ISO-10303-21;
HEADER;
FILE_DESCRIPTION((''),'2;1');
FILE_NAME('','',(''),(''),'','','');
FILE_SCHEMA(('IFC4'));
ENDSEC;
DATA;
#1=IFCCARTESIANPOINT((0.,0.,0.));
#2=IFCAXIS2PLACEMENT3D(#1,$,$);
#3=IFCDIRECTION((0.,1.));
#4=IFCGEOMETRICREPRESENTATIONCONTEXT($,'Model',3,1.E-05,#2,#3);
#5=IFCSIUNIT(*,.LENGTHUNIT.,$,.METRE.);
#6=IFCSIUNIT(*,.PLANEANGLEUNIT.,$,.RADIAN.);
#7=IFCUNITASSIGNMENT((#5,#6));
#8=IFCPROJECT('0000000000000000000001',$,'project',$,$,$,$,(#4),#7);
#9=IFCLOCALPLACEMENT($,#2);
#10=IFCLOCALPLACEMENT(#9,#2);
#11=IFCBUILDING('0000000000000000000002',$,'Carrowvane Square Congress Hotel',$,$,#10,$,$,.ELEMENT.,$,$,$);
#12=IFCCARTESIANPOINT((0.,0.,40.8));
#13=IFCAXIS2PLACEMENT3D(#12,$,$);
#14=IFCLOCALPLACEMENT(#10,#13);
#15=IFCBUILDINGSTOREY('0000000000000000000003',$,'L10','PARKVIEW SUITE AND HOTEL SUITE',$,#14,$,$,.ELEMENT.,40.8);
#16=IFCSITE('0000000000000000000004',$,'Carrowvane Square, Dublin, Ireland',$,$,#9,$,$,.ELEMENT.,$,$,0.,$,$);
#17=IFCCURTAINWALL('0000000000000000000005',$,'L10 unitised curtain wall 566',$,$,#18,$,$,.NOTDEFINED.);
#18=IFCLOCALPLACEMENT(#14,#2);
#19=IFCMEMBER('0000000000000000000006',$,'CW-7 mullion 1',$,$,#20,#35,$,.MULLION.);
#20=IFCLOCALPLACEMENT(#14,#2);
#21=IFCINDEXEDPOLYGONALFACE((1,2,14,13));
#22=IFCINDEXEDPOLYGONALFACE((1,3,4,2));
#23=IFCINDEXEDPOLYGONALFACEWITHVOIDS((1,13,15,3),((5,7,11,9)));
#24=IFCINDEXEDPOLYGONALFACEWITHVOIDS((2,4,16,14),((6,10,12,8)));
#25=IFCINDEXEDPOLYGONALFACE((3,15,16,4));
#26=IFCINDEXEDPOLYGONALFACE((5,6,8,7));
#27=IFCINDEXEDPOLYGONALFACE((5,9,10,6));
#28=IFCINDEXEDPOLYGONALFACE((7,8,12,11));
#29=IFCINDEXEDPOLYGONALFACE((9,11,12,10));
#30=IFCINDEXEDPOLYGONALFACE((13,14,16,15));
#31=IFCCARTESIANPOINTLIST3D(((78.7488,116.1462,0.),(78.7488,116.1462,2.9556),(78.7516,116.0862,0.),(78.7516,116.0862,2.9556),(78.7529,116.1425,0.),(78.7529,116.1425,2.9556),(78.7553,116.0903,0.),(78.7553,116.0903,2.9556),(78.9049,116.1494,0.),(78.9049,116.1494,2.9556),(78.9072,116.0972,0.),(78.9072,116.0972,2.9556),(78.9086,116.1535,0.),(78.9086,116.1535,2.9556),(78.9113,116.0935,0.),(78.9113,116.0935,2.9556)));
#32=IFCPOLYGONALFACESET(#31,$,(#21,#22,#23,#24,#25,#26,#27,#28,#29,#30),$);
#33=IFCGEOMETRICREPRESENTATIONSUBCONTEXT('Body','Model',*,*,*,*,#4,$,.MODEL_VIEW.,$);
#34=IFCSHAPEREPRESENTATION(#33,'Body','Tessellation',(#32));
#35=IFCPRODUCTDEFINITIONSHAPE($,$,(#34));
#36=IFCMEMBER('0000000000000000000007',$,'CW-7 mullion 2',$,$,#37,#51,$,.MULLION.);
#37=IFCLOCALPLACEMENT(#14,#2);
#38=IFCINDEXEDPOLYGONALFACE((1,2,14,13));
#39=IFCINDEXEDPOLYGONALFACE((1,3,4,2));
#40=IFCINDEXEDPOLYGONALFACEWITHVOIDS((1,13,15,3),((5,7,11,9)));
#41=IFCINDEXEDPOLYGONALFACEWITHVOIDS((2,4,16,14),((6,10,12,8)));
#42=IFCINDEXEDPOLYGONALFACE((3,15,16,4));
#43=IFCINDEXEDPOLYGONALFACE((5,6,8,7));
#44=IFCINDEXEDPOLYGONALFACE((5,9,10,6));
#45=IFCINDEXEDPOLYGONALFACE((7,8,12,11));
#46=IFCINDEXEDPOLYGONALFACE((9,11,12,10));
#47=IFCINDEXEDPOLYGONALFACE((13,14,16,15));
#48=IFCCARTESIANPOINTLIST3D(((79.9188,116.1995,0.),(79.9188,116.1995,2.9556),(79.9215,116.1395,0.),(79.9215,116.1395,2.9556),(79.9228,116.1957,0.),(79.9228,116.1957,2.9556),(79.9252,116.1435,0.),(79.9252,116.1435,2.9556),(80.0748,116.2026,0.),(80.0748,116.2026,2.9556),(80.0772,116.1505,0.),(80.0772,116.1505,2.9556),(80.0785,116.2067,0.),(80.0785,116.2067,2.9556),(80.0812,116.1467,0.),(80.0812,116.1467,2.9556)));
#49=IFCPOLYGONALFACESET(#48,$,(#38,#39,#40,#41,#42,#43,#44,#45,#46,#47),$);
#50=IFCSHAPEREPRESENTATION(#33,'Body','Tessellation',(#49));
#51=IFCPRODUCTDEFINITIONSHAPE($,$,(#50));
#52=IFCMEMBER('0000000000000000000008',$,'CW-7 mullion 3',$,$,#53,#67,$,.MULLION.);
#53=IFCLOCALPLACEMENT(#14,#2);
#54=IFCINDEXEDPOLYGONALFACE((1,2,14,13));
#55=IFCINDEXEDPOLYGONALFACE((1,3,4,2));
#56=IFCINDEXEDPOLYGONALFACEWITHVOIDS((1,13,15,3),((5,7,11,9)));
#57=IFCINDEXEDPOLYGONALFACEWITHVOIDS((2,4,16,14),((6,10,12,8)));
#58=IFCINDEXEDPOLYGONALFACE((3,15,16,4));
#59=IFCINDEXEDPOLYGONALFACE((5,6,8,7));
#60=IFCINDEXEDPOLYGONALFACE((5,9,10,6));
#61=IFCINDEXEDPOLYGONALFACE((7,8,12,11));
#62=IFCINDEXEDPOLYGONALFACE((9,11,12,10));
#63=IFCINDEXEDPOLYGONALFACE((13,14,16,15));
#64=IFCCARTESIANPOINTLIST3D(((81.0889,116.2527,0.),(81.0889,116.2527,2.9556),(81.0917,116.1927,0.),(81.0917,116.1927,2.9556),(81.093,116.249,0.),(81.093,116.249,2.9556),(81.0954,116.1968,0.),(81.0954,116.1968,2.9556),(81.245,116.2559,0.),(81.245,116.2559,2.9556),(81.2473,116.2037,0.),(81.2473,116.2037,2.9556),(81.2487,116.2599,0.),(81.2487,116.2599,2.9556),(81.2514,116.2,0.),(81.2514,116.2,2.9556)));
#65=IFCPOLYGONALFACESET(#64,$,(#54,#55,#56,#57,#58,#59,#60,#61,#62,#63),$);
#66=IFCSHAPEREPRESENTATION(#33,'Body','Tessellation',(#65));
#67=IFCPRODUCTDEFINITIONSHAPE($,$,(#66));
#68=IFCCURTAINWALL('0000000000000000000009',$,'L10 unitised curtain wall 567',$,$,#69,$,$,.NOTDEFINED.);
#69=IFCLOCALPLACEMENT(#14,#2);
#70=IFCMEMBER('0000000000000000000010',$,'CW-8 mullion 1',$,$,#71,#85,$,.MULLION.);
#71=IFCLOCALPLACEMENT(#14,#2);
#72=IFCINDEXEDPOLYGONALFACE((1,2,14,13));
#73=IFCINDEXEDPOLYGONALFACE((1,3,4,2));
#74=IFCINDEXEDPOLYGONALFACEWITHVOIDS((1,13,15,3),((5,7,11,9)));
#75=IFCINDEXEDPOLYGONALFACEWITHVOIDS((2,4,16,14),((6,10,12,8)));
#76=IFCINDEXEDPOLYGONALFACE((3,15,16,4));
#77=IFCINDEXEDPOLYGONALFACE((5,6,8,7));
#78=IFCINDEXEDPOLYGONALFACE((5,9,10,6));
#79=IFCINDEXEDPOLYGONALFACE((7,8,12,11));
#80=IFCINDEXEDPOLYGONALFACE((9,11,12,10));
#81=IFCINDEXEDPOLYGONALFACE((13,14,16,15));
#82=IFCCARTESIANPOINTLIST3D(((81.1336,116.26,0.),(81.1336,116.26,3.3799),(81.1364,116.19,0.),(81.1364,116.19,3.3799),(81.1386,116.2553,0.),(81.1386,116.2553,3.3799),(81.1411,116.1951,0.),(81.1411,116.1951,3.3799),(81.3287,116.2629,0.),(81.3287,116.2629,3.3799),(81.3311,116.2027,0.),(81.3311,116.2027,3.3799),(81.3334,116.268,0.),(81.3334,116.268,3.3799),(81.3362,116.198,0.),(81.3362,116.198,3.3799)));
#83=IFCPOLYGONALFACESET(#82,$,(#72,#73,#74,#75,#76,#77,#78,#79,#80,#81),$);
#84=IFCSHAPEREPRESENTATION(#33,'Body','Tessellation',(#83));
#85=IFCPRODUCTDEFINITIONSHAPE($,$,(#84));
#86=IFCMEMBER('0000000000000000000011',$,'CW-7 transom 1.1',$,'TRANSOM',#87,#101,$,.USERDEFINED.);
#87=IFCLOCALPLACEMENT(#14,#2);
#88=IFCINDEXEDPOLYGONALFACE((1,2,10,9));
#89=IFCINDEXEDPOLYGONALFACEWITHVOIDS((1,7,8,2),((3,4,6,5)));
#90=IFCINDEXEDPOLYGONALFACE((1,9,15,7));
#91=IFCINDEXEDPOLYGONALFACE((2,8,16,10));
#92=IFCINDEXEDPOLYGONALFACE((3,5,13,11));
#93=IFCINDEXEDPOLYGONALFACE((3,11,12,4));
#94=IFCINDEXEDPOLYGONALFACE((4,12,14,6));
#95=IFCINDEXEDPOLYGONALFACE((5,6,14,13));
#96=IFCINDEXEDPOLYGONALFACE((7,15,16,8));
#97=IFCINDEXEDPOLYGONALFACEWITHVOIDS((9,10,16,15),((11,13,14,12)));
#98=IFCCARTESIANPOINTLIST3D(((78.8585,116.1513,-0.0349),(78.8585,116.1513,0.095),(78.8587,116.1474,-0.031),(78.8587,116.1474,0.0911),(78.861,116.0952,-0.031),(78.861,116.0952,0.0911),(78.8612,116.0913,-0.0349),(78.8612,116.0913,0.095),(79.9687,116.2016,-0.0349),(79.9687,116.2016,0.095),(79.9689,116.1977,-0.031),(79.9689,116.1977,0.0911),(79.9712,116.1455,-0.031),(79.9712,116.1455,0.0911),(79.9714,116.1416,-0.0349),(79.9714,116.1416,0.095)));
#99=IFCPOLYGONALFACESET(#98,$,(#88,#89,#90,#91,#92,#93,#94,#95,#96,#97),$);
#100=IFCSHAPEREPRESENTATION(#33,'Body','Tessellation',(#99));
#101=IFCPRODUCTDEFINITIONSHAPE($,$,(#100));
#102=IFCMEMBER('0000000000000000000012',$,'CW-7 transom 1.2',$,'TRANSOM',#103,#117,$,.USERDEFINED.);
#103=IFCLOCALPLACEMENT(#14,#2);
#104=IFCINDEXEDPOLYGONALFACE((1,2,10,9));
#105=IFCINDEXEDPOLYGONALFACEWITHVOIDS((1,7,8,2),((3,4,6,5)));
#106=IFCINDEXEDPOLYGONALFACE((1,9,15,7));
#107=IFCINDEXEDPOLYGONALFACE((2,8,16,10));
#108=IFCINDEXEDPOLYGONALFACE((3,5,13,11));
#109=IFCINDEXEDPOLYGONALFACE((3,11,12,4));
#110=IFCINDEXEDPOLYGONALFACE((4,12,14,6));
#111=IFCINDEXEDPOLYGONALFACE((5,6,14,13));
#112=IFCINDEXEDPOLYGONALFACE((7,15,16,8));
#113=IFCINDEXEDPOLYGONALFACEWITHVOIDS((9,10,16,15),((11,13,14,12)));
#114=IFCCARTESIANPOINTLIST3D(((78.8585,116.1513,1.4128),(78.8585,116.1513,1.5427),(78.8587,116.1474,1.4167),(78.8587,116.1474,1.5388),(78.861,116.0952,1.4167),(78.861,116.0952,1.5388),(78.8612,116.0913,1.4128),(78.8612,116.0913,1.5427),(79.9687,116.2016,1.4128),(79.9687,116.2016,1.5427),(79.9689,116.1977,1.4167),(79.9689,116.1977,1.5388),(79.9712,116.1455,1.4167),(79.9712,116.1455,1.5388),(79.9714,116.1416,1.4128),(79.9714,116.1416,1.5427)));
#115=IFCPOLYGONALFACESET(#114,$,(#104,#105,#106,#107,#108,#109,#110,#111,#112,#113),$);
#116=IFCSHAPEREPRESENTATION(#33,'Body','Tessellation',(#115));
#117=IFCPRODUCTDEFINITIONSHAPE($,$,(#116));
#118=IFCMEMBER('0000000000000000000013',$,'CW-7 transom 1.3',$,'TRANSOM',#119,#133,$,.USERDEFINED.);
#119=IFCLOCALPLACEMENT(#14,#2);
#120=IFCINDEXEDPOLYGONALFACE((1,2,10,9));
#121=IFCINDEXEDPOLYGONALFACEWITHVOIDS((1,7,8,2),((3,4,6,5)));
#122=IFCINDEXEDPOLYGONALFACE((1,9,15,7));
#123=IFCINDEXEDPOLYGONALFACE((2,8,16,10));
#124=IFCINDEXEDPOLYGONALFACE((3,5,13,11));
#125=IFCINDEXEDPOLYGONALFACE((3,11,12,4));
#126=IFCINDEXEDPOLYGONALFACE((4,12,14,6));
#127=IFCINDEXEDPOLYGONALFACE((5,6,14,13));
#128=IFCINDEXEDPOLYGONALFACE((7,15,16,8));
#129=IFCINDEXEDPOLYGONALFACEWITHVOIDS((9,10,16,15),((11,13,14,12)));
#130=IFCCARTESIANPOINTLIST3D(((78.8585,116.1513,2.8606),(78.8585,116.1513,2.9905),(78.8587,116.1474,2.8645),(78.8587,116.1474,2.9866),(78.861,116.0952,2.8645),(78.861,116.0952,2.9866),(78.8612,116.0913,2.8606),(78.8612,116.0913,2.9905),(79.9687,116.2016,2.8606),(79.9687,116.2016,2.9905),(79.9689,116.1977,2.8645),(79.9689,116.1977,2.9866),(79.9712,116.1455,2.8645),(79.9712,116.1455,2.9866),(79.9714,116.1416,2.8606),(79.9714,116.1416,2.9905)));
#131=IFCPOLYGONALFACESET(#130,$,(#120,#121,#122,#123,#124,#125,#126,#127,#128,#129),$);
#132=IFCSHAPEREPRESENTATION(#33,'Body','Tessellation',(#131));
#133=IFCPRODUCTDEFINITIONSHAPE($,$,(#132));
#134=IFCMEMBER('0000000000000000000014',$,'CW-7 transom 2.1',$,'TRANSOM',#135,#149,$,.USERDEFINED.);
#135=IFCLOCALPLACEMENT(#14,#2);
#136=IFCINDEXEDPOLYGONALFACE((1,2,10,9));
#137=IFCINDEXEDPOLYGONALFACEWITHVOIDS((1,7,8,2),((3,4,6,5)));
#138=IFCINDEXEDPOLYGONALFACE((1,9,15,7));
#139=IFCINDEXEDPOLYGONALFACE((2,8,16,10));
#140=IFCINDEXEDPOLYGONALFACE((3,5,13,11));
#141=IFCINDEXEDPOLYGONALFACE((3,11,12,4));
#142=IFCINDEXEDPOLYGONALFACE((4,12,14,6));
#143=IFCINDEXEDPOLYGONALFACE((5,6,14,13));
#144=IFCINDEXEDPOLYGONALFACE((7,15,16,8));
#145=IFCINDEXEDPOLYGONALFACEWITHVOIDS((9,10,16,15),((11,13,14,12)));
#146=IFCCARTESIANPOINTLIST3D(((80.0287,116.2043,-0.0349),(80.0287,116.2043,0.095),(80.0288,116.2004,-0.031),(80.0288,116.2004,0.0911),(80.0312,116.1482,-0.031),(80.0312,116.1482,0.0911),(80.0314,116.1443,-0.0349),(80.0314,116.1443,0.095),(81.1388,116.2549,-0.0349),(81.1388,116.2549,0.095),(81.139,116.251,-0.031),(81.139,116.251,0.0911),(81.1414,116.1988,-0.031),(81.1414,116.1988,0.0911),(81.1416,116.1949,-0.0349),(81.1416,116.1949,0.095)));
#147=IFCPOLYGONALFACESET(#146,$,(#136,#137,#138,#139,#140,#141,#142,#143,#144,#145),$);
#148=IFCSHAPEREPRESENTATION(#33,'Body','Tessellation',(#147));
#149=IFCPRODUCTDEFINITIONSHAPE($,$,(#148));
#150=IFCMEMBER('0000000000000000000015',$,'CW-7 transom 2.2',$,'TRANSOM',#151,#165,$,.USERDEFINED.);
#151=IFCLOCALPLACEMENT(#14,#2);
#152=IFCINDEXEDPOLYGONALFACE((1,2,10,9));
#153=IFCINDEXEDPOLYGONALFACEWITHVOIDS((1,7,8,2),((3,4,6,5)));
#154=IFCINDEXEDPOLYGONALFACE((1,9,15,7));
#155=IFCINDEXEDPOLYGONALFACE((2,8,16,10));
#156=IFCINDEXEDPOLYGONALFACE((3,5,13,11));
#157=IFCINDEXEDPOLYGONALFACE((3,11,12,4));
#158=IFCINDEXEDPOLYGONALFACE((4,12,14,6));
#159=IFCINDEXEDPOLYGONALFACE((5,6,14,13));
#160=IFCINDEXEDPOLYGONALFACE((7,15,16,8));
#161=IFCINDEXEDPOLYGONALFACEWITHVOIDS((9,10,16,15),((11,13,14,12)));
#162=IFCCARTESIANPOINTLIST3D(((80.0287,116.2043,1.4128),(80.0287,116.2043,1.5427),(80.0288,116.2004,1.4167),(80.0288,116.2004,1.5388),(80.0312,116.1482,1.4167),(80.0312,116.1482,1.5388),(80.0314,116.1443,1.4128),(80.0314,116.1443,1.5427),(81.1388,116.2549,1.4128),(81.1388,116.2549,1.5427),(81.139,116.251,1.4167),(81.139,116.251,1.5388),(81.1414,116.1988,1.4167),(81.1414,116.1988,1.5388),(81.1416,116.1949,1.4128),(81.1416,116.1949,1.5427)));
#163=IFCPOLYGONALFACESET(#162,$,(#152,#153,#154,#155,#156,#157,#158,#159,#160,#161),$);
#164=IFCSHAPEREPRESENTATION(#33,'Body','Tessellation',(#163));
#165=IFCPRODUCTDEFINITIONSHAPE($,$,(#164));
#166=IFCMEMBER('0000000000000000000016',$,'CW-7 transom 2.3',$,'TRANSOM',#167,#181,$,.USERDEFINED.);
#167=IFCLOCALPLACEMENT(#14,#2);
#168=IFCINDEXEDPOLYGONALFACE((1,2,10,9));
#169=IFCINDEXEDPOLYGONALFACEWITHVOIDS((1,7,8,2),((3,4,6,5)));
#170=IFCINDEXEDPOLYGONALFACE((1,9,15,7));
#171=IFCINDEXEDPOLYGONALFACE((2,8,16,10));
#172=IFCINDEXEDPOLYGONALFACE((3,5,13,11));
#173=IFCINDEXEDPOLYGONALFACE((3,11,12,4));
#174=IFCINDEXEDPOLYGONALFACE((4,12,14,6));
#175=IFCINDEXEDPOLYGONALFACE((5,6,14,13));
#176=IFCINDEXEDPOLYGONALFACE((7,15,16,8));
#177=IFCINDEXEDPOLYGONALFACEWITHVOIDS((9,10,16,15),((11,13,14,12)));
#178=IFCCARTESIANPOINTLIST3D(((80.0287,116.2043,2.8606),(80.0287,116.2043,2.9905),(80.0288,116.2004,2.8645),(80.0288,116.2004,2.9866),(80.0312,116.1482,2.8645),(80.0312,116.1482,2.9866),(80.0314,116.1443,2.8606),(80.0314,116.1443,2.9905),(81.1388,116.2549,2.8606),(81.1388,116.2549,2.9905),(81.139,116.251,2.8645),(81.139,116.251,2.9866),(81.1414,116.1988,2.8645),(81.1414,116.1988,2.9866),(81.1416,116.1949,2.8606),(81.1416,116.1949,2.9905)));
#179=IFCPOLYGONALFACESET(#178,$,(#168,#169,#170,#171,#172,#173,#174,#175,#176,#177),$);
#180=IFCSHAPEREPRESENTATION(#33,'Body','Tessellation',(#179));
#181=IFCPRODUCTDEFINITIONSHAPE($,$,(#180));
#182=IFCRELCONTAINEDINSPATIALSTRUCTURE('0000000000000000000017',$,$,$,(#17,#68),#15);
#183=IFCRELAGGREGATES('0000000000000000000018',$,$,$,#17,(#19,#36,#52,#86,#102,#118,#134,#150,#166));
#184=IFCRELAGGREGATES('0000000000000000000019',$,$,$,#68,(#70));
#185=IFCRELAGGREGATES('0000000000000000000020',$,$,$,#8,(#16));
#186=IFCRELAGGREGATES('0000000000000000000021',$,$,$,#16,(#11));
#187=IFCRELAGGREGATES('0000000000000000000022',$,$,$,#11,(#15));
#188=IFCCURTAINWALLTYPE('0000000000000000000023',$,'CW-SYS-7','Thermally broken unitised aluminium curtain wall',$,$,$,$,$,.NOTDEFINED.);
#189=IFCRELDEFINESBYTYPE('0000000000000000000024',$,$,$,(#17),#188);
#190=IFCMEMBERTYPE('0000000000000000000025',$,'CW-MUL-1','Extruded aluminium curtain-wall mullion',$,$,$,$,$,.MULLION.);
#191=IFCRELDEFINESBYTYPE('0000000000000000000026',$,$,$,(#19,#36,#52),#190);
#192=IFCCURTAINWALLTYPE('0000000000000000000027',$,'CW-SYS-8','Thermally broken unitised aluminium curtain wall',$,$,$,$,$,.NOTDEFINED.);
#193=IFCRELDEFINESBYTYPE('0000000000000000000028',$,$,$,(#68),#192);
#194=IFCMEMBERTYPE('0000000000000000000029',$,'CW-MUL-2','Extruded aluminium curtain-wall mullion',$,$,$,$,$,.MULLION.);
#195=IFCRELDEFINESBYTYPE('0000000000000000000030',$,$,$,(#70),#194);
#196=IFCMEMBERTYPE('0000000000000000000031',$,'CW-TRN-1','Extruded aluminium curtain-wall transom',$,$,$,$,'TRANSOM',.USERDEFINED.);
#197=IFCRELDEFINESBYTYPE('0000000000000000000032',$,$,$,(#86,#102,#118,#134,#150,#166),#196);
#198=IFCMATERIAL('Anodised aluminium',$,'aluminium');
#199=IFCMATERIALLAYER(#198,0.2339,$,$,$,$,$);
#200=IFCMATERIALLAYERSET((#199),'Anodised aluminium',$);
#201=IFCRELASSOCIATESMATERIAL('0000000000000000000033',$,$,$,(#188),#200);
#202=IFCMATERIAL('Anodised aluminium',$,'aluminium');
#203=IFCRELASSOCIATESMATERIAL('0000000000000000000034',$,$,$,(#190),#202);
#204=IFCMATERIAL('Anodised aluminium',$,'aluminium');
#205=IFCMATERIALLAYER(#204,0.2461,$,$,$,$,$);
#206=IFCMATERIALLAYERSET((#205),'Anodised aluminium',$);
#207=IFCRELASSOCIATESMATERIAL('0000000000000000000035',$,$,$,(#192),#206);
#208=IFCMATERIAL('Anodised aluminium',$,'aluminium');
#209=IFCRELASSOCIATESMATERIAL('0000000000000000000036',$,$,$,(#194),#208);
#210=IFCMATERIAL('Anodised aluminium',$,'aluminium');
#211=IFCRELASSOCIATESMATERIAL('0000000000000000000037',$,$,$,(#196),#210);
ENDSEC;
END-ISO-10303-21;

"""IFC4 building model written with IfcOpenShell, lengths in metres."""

from ifc_helpers import new_model, si_unit, direction, frame, origin, origin_2d, place, context, subcontext, project, spatial, hollow_rectangle, extrude, material, layer, layer_set, material_profile, profile_set, type_object, element, aggregate, save


model = new_model("IFC4")

# Units and contexts
model_context = context("Model", 3, precision=1e-05, world=origin(), true_north=direction((0.0, 1.0)))
body_context = subcontext(model_context, "Body", "Model", "MODEL_VIEW")
ifc_project = project(units=[si_unit("LENGTHUNIT", "METRE"), si_unit("PLANEANGLEUNIT", "RADIAN")], contexts=[model_context])

# Site, building, storey
site_placement = place(None, origin())
site = spatial("IfcSite", under=ifc_project, at=site_placement, Name="Carrowvane Square, Dublin, Ireland", CompositionType="ELEMENT", RefElevation=0.0)
building_placement = place(site_placement, origin())
building = spatial("IfcBuilding", under=site, at=building_placement, Name="Carrowvane Square Congress Hotel", CompositionType="ELEMENT")
storey_placement = place(building_placement, frame((0.0, 0.0, 40.8)))
storey = spatial("IfcBuildingStorey", under=building, at=storey_placement, Name="L10", Description="PARKVIEW SUITE AND HOTEL SUITE", CompositionType="ELEMENT", Elevation=40.8)

# Curtain wall, members
ifc_material_1 = material(Name="Anodised aluminium", Category="aluminium")
ifc_layer_1 = layer(ifc_material_1, 0.2339)
ifc_layer_set_1 = layer_set([ifc_layer_1], Name="Anodised aluminium")
curtain_wall_type_1 = type_object("IfcCurtainWallType", Name="CW-SYS-7", Description="Thermally broken unitised aluminium curtain wall", PredefinedType="NOTDEFINED", material=ifc_layer_set_1)
curtain_wall_1_placement = place(storey_placement, origin())
curtain_wall_1 = element("IfcCurtainWall", 1, at=curtain_wall_1_placement, inside=storey, type_object=curtain_wall_type_1, Name="L10 unitised curtain wall 566", PredefinedType="NOTDEFINED")
ifc_material_2 = material(Name="Anodised aluminium", Category="aluminium")
ifc_material_profile_1 = material_profile(ifc_material_2, hollow_rectangle(XDim=0.0601, YDim=0.1599, WallThickness=0.0039, at=origin_2d()), Name="CW-ML 60x160x4")
ifc_profile_set_1 = profile_set([ifc_material_profile_1], Name="Anodised aluminium")
member_type_1 = type_object("IfcMemberType", Name="CW-MUL-1", Description="Extruded aluminium curtain-wall mullion", PredefinedType="MULLION", material=ifc_profile_set_1)
member_1_placement = place(storey_placement, frame((78.8301, 116.1199, 0.0), z_axis=(0.0, 0.0, 1.0), x_axis=(-0.045411, 0.998968, 0.0)))
member_1 = element("IfcMember", 2, at=member_1_placement, type_object=member_type_1, Name="CW-7 mullion 1", PredefinedType="MULLION", context=body_context, shape_type="SweptSolid", body=[
    extrude(hollow_rectangle(XDim=0.0601, YDim=0.1599, WallThickness=0.0039, at=origin_2d()), origin(), (0.0, 0.0, 1.0), 2.9556),
])
member_2_placement = place(storey_placement, frame((80.0, 116.1731, 0.0), z_axis=(0.0, 0.0, 1.0), x_axis=(-0.045411, 0.998968, 0.0)))
member_2 = element("IfcMember", 3, at=member_2_placement, type_object=member_type_1, Name="CW-7 mullion 2", PredefinedType="MULLION", context=body_context, shape_type="SweptSolid", body=[
    extrude(hollow_rectangle(XDim=0.0601, YDim=0.1599, WallThickness=0.0039, at=origin_2d()), origin(), (0.0, 0.0, 1.0), 2.9556),
])
member_3_placement = place(storey_placement, frame((81.1702, 116.2263, 0.0), z_axis=(0.0, 0.0, 1.0), x_axis=(-0.045411, 0.998968, 0.0)))
member_3 = element("IfcMember", 4, at=member_3_placement, type_object=member_type_1, Name="CW-7 mullion 3", PredefinedType="MULLION", context=body_context, shape_type="SweptSolid", body=[
    extrude(hollow_rectangle(XDim=0.0601, YDim=0.1599, WallThickness=0.0039, at=origin_2d()), origin(), (0.0, 0.0, 1.0), 2.9556),
])

# Curtain wall, member
ifc_material_3 = material(Name="Anodised aluminium", Category="aluminium")
ifc_layer_2 = layer(ifc_material_3, 0.2461)
ifc_layer_set_2 = layer_set([ifc_layer_2], Name="Anodised aluminium")
curtain_wall_type_2 = type_object("IfcCurtainWallType", Name="CW-SYS-8", Description="Thermally broken unitised aluminium curtain wall", PredefinedType="NOTDEFINED", material=ifc_layer_set_2)
curtain_wall_2_placement = place(storey_placement, origin())
curtain_wall_2 = element("IfcCurtainWall", 5, at=curtain_wall_2_placement, inside=storey, type_object=curtain_wall_type_2, Name="L10 unitised curtain wall 567", PredefinedType="NOTDEFINED")
ifc_material_4 = material(Name="Anodised aluminium", Category="aluminium")
ifc_material_profile_2 = material_profile(ifc_material_4, hollow_rectangle(XDim=0.0701, YDim=0.2, WallThickness=0.0049, at=origin_2d()), Name="CW-ML 70x200x5")
ifc_profile_set_2 = profile_set([ifc_material_profile_2], Name="Anodised aluminium")
member_type_2 = type_object("IfcMemberType", Name="CW-MUL-2", Description="Extruded aluminium curtain-wall mullion", PredefinedType="MULLION", material=ifc_profile_set_2)
member_4_placement = place(storey_placement, frame((81.2349, 116.229, 0.0), z_axis=(0.0, 0.0, 1.0), x_axis=(-0.040136, 0.999194, 0.0)))
member_4 = element("IfcMember", 6, at=member_4_placement, type_object=member_type_2, Name="CW-8 mullion 1", PredefinedType="MULLION", context=body_context, shape_type="SweptSolid", body=[
    extrude(hollow_rectangle(XDim=0.0701, YDim=0.2, WallThickness=0.0049, at=origin_2d()), origin(), (0.0, 0.0, 1.0), 3.3799),
])

# Members
ifc_material_5 = material(Name="Anodised aluminium", Category="aluminium")
ifc_material_profile_3 = material_profile(ifc_material_5, hollow_rectangle(XDim=0.0601, YDim=0.1299, WallThickness=0.0039, at=origin_2d()), Name="CW-TR 60x130x4")
ifc_profile_set_3 = profile_set([ifc_material_profile_3], Name="Anodised aluminium")
member_type_3 = type_object("IfcMemberType", Name="CW-TRN-1", Description="Extruded aluminium curtain-wall transom", ElementType="TRANSOM", PredefinedType="USERDEFINED", material=ifc_profile_set_3)
member_5_placement = place(storey_placement, frame((78.8599, 116.1213, 0.03), z_axis=(0.998975, 0.045258, 0.0), x_axis=(-0.045258, 0.998975, 0.0)))
member_5 = element("IfcMember", 7, at=member_5_placement, type_object=member_type_3, Name="CW-7 transom 1.1", ObjectType="TRANSOM", PredefinedType="USERDEFINED", context=body_context, shape_type="SweptSolid", body=[
    extrude(hollow_rectangle(XDim=0.0601, YDim=0.1299, WallThickness=0.0039, at=origin_2d()), origin(), (0.0, 0.0, 1.0), 1.1113),
])
member_6_placement = place(storey_placement, frame((78.8599, 116.1213, 1.4778), z_axis=(0.998975, 0.045258, 0.0), x_axis=(-0.045258, 0.998975, 0.0)))
member_6 = element("IfcMember", 8, at=member_6_placement, type_object=member_type_3, Name="CW-7 transom 1.2", ObjectType="TRANSOM", PredefinedType="USERDEFINED", context=body_context, shape_type="SweptSolid", body=[
    extrude(hollow_rectangle(XDim=0.0601, YDim=0.1299, WallThickness=0.0039, at=origin_2d()), origin(), (0.0, 0.0, 1.0), 1.1113),
])
member_7_placement = place(storey_placement, frame((78.8599, 116.1213, 2.9255), z_axis=(0.998975, 0.045258, 0.0), x_axis=(-0.045258, 0.998975, 0.0)))
member_7 = element("IfcMember", 9, at=member_7_placement, type_object=member_type_3, Name="CW-7 transom 1.3", ObjectType="TRANSOM", PredefinedType="USERDEFINED", context=body_context, shape_type="SweptSolid", body=[
    extrude(hollow_rectangle(XDim=0.0601, YDim=0.1299, WallThickness=0.0039, at=origin_2d()), origin(), (0.0, 0.0, 1.0), 1.1113),
])
member_8_placement = place(storey_placement, frame((80.03, 116.1743, 0.03), z_axis=(0.998965, 0.045477, 0.0), x_axis=(-0.045477, 0.998965, 0.0)))
member_8 = element("IfcMember", 10, at=member_8_placement, type_object=member_type_3, Name="CW-7 transom 2.1", ObjectType="TRANSOM", PredefinedType="USERDEFINED", context=body_context, shape_type="SweptSolid", body=[
    extrude(hollow_rectangle(XDim=0.0601, YDim=0.1299, WallThickness=0.0039, at=origin_2d()), origin(), (0.0, 0.0, 1.0), 1.1113),
])
member_9_placement = place(storey_placement, frame((80.03, 116.1743, 1.4778), z_axis=(0.998965, 0.045477, 0.0), x_axis=(-0.045477, 0.998965, 0.0)))
member_9 = element("IfcMember", 11, at=member_9_placement, type_object=member_type_3, Name="CW-7 transom 2.2", ObjectType="TRANSOM", PredefinedType="USERDEFINED", context=body_context, shape_type="SweptSolid", body=[
    extrude(hollow_rectangle(XDim=0.0601, YDim=0.1299, WallThickness=0.0039, at=origin_2d()), origin(), (0.0, 0.0, 1.0), 1.1113),
])
member_10_placement = place(storey_placement, frame((80.03, 116.1743, 2.9255), z_axis=(0.998965, 0.045477, 0.0), x_axis=(-0.045477, 0.998965, 0.0)))
member_10 = element("IfcMember", 12, at=member_10_placement, type_object=member_type_3, Name="CW-7 transom 2.3", ObjectType="TRANSOM", PredefinedType="USERDEFINED", context=body_context, shape_type="SweptSolid", body=[
    extrude(hollow_rectangle(XDim=0.0601, YDim=0.1299, WallThickness=0.0039, at=origin_2d()), origin(), (0.0, 0.0, 1.0), 1.1113),
])

aggregate(curtain_wall_1, [member_1, member_2, member_3, member_5, member_6, member_7, member_8, member_9, member_10])
aggregate(curtain_wall_2, [member_4])

save(model, "model.ifc")
